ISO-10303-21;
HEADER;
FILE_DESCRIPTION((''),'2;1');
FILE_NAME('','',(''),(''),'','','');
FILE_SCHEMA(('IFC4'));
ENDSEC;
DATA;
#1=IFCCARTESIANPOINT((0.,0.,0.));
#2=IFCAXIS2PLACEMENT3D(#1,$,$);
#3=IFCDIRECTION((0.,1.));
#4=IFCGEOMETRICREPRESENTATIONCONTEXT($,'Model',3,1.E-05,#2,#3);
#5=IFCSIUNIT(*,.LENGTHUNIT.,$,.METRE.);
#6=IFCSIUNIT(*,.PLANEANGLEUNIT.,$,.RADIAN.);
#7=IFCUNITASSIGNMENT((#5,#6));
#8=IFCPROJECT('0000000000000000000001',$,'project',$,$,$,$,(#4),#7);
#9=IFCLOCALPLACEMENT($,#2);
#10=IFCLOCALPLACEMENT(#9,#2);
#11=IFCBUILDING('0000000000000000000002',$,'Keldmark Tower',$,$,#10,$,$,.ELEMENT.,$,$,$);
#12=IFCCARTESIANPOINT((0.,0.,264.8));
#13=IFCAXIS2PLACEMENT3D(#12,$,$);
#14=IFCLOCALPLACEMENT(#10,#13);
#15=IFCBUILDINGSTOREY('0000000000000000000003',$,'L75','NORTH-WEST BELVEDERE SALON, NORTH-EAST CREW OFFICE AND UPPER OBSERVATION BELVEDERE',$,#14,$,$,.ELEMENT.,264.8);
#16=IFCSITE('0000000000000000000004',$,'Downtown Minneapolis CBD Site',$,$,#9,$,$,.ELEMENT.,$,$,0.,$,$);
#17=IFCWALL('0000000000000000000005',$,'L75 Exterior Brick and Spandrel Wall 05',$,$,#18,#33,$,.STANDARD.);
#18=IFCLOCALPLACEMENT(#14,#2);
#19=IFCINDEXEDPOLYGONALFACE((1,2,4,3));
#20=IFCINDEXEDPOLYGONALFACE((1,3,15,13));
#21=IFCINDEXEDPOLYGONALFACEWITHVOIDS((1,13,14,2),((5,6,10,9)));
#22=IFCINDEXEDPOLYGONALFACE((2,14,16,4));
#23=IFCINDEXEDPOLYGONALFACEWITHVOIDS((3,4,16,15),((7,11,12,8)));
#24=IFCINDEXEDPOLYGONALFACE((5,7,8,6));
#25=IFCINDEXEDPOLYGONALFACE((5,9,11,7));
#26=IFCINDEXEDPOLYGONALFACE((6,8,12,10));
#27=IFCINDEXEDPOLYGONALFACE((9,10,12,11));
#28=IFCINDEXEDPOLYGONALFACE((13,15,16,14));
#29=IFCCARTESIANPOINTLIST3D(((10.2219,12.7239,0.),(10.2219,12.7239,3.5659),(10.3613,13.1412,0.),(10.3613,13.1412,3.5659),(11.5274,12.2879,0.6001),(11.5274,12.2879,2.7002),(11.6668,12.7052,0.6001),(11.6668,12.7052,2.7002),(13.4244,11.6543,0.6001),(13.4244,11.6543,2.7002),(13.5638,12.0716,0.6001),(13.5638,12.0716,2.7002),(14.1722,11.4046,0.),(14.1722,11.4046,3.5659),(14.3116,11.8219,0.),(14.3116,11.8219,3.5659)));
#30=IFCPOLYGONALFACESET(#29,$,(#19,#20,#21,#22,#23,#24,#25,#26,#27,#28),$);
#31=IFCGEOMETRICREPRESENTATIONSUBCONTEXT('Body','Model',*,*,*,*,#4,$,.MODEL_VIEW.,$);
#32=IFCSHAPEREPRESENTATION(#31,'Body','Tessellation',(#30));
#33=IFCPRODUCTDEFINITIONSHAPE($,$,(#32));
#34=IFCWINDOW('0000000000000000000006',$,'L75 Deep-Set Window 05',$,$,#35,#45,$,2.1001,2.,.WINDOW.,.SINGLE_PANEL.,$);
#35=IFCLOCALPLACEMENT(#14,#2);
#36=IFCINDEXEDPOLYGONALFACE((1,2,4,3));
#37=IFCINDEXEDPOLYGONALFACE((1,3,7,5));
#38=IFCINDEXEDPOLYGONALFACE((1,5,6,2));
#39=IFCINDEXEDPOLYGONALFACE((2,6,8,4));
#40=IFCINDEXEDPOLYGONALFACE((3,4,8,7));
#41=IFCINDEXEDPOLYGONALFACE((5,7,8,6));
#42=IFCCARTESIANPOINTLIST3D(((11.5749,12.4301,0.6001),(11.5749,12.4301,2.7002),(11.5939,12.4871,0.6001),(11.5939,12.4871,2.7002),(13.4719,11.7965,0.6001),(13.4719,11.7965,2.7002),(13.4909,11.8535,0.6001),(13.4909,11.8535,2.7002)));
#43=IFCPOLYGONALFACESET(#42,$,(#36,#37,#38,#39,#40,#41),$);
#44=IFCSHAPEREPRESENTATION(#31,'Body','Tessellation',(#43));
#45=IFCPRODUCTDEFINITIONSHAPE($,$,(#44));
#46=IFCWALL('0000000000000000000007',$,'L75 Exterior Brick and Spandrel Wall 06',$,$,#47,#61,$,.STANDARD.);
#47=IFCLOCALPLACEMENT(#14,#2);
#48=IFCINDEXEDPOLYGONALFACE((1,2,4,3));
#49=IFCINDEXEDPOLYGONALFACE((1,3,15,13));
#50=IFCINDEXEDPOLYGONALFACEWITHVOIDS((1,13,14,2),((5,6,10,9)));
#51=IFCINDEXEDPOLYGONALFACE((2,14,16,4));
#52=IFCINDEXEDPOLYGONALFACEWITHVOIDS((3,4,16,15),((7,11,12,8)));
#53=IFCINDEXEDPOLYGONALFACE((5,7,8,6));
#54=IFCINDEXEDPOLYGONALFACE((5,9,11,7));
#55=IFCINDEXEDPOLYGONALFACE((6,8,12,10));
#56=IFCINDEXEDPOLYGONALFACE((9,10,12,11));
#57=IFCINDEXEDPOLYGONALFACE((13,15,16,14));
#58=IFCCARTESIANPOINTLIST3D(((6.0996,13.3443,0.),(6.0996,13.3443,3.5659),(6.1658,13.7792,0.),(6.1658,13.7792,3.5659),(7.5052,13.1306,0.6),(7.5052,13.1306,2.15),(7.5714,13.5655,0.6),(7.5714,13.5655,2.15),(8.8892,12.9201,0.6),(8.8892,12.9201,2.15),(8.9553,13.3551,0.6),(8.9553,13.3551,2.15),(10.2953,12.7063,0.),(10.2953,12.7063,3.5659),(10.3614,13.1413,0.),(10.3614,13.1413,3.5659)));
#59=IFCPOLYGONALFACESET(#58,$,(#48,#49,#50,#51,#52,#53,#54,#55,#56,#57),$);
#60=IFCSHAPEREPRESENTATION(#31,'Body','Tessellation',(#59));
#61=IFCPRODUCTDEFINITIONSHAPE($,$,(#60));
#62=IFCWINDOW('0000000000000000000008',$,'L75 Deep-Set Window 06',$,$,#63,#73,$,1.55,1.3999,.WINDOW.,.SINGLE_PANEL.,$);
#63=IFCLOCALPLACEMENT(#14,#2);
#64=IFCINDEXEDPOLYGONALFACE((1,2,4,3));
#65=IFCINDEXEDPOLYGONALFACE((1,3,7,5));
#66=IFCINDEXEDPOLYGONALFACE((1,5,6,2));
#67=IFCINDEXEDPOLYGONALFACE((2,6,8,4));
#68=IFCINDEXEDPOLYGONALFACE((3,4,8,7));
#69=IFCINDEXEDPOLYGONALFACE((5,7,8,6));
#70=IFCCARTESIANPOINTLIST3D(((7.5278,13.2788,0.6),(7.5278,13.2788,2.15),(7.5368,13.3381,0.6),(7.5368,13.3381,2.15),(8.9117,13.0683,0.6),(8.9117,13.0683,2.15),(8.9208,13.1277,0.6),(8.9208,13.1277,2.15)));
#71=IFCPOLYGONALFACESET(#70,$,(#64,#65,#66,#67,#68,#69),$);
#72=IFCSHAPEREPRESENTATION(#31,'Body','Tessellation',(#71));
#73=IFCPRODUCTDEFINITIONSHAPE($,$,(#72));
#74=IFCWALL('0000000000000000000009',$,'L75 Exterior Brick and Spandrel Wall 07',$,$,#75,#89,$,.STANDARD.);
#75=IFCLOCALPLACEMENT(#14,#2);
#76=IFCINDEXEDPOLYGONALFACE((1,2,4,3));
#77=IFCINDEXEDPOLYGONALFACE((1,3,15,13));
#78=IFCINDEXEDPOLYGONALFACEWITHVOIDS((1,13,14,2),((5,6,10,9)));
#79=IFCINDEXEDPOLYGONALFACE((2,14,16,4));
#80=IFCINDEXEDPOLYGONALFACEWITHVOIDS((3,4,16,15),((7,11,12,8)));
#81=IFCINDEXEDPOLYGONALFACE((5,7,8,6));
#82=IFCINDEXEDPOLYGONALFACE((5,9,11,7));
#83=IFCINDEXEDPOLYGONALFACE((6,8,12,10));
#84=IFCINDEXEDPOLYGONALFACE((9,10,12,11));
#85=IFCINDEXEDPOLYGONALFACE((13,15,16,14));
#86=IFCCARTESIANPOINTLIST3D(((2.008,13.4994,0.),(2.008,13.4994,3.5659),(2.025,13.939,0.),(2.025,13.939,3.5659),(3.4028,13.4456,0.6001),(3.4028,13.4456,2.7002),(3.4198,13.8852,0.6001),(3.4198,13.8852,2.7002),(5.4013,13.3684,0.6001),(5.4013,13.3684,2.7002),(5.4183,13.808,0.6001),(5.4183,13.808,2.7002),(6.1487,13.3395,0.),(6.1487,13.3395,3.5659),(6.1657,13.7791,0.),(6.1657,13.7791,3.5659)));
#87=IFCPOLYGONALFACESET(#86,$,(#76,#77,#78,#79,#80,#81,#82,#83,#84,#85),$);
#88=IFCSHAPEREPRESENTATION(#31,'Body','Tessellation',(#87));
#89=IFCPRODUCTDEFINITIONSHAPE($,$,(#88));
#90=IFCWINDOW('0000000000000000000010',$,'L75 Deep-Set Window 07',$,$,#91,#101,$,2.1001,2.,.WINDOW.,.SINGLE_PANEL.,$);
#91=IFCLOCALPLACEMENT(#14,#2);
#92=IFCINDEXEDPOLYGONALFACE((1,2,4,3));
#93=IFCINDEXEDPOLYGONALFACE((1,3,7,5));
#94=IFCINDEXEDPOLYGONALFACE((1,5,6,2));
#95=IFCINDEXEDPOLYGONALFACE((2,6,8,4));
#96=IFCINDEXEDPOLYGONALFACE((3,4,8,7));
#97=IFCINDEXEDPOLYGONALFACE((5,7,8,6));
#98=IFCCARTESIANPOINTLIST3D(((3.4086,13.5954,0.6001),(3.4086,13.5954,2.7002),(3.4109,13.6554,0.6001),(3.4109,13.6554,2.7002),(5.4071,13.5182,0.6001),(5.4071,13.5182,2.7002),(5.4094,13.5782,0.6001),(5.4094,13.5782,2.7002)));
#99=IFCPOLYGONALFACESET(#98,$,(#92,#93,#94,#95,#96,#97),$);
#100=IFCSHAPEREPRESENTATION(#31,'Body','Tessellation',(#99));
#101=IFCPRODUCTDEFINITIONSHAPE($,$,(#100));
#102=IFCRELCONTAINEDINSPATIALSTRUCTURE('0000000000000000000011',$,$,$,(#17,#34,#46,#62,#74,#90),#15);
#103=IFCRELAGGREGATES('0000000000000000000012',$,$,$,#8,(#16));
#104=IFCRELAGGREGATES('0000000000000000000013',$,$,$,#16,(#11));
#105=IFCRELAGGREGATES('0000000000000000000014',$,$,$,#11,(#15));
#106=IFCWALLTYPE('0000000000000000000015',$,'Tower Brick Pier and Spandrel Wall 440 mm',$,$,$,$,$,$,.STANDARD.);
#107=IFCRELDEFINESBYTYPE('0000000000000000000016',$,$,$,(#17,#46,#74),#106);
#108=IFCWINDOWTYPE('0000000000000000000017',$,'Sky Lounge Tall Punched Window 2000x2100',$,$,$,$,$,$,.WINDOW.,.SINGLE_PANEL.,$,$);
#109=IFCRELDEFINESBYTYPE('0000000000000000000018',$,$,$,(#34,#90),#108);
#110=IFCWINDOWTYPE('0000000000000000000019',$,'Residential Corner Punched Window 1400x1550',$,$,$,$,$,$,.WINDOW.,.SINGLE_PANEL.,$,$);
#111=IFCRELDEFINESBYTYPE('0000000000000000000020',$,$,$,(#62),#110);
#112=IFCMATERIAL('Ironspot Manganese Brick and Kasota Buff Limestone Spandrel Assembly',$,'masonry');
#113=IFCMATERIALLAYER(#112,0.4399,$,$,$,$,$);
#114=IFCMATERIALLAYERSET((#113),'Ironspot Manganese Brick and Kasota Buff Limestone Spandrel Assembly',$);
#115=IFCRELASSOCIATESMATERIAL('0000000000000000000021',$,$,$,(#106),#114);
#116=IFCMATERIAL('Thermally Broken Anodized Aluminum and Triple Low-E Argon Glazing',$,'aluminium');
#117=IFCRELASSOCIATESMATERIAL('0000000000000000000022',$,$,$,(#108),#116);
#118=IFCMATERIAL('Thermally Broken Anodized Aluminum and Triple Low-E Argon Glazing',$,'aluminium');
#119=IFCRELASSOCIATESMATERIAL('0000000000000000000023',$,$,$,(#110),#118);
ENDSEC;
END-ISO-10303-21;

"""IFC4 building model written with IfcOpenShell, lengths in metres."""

from ifc_helpers import new_model, si_unit, direction, frame, frame_2d, origin, place, context, subcontext, project, spatial, rectangle, extrude, material, layer, layer_set, type_object, element, fill, save


model = new_model("IFC4")

# Units and contexts
model_context = context("Model", 3, precision=1e-05, world=origin(), true_north=direction((0.0, 1.0)))
body_context = subcontext(model_context, "Body", "Model", "MODEL_VIEW")
ifc_project = project(units=[si_unit("LENGTHUNIT", "METRE"), si_unit("PLANEANGLEUNIT", "RADIAN")], contexts=[model_context])

# Site, building, storey
site_placement = place(None, origin())
site = spatial("IfcSite", under=ifc_project, at=site_placement, Name="Downtown Minneapolis CBD Site", CompositionType="ELEMENT", RefElevation=0.0)
building_placement = place(site_placement, origin())
building = spatial("IfcBuilding", under=site, at=building_placement, Name="Keldmark Tower", CompositionType="ELEMENT")
storey_placement = place(building_placement, frame((0.0, 0.0, 264.8)))
storey = spatial("IfcBuildingStorey", under=building, at=storey_placement, Name="L75", Description="NORTH-WEST BELVEDERE SALON, NORTH-EAST CREW OFFICE AND UPPER OBSERVATION BELVEDERE", CompositionType="ELEMENT", Elevation=264.8)

# Walls, openings, windows
ifc_material_1 = material(Name="Ironspot Manganese Brick and Kasota Buff Limestone Spandrel Assembly", Category="masonry")
ifc_layer_1 = layer(ifc_material_1, 0.4399)
ifc_layer_set_1 = layer_set([ifc_layer_1], Name="Ironspot Manganese Brick and Kasota Buff Limestone Spandrel Assembly")
wall_type_1 = type_object("IfcWallType", Name="Tower Brick Pier and Spandrel Wall 440 mm", PredefinedType="STANDARD", material=ifc_layer_set_1)
wall_1_placement = place(storey_placement, frame((10.2915, 12.9326, 0.0), z_axis=(0.0, 0.0, 1.0), x_axis=(0.948496, -0.31679, 0.0)))
wall_1 = element("IfcWall", 1, at=wall_1_placement, inside=storey, type_object=wall_type_1, Name="L75 Exterior Brick and Spandrel Wall 05", PredefinedType="STANDARD", context=body_context, shape_type="SweptSolid", body=[
    extrude(rectangle(XDim=4.1648, YDim=0.4399, at=frame_2d((2.0825, 0.0))), origin(), (0.0, 0.0, 1.0), 3.5659),
])
opening_1_placement = place(wall_1_placement, frame((1.3765, 0.0, 0.6001)))
opening_1 = element("IfcOpeningElement", 2, at=opening_1_placement, cuts=wall_1, PredefinedType="OPENING", context=body_context, shape_type="SweptSolid", body=[
    extrude(rectangle(XDim=2.0, YDim=2.1001, at=frame_2d((1.0, 1.05))), frame((0.0, 0.23, 0.0), z_axis=(0.0, -1.0, 0.0), x_axis=(1.0, 0.0, 0.0)), (0.0, 0.0, 1.0), 0.46),
])
ifc_material_2 = material(Name="Thermally Broken Anodized Aluminum and Triple Low-E Argon Glazing", Category="aluminium")
window_type_1 = type_object("IfcWindowType", Name="Sky Lounge Tall Punched Window 2000x2100", PartitioningType="SINGLE_PANEL", PredefinedType="WINDOW", material=ifc_material_2)
window_1_placement = place(opening_1_placement, origin())
window_1 = element("IfcWindow", 3, at=window_1_placement, inside=storey, type_object=window_type_1, Name="L75 Deep-Set Window 05", OverallHeight=2.1001, OverallWidth=2.0, PartitioningType="SINGLE_PANEL", PredefinedType="WINDOW", context=body_context, shape_type="SweptSolid", body=[
    extrude(rectangle(XDim=2.0, YDim=2.1001, at=frame_2d((1.0, 1.05))), frame((0.0, -0.01, 0.0), z_axis=(0.0, -1.0, 0.0), x_axis=(1.0, 0.0, 0.0)), (0.0, 0.0, 1.0), 0.0601),
])
fill(opening_1, window_1)
wall_2_placement = place(storey_placement, frame((6.1326, 13.5618, 0.0), z_axis=(0.0, 0.0, 1.0), x_axis=(0.988637, -0.150323, 0.0)))
wall_2 = element("IfcWall", 4, at=wall_2_placement, inside=storey, type_object=wall_type_1, Name="L75 Exterior Brick and Spandrel Wall 06", PredefinedType="STANDARD", context=body_context, shape_type="SweptSolid", body=[
    extrude(rectangle(XDim=4.2439, YDim=0.4399, at=frame_2d((2.1221, 0.0))), origin(), (0.0, 0.0, 1.0), 3.5659),
])
opening_2_placement = place(wall_2_placement, frame((1.4219, 0.0, 0.6001)))
opening_2 = element("IfcOpeningElement", 5, at=opening_2_placement, cuts=wall_2, PredefinedType="OPENING", context=body_context, shape_type="SweptSolid", body=[
    extrude(rectangle(XDim=1.3999, YDim=1.55, at=frame_2d((0.7, 0.7749))), frame((0.0, 0.23, 0.0), z_axis=(0.0, -1.0, 0.0), x_axis=(1.0, 0.0, 0.0)), (0.0, 0.0, 1.0), 0.46),
])
ifc_material_3 = material(Name="Thermally Broken Anodized Aluminum and Triple Low-E Argon Glazing", Category="aluminium")
window_type_2 = type_object("IfcWindowType", Name="Residential Corner Punched Window 1400x1550", PartitioningType="SINGLE_PANEL", PredefinedType="WINDOW", material=ifc_material_3)
window_2_placement = place(opening_2_placement, origin())
window_2 = element("IfcWindow", 6, at=window_2_placement, inside=storey, type_object=window_type_2, Name="L75 Deep-Set Window 06", OverallHeight=1.55, OverallWidth=1.3999, PartitioningType="SINGLE_PANEL", PredefinedType="WINDOW", context=body_context, shape_type="SweptSolid", body=[
    extrude(rectangle(XDim=1.3999, YDim=1.55, at=frame_2d((0.7, 0.7749))), frame((0.0, -0.01, 0.0), z_axis=(0.0, -1.0, 0.0), x_axis=(1.0, 0.0, 0.0)), (0.0, 0.0, 1.0), 0.0601),
])
fill(opening_2, window_2)
wall_3_placement = place(storey_placement, frame((2.0166, 13.7192, 0.0), z_axis=(0.0, 0.0, 1.0), x_axis=(0.999255, -0.038592, 0.0)))
wall_3 = element("IfcWall", 7, at=wall_3_placement, inside=storey, type_object=wall_type_1, Name="L75 Exterior Brick and Spandrel Wall 07", PredefinedType="STANDARD", context=body_context, shape_type="SweptSolid", body=[
    extrude(rectangle(XDim=4.1438, YDim=0.4399, at=frame_2d((2.0718, 0.0))), origin(), (0.0, 0.0, 1.0), 3.5659),
])
opening_3_placement = place(wall_3_placement, frame((1.3958, 0.0, 0.6001)))
opening_3 = element("IfcOpeningElement", 8, at=opening_3_placement, cuts=wall_3, PredefinedType="OPENING", context=body_context, shape_type="SweptSolid", body=[
    extrude(rectangle(XDim=2.0, YDim=2.1001, at=frame_2d((1.0, 1.05))), frame((0.0, 0.23, 0.0), z_axis=(0.0, -1.0, 0.0), x_axis=(1.0, 0.0, 0.0)), (0.0, 0.0, 1.0), 0.46),
])
window_3_placement = place(opening_3_placement, origin())
window_3 = element("IfcWindow", 9, at=window_3_placement, inside=storey, type_object=window_type_1, Name="L75 Deep-Set Window 07", OverallHeight=2.1001, OverallWidth=2.0, PartitioningType="SINGLE_PANEL", PredefinedType="WINDOW", context=body_context, shape_type="SweptSolid", body=[
    extrude(rectangle(XDim=2.0, YDim=2.1001, at=frame_2d((1.0, 1.05))), frame((0.0, -0.01, 0.0), z_axis=(0.0, -1.0, 0.0), x_axis=(1.0, 0.0, 0.0)), (0.0, 0.0, 1.0), 0.0601),
])
fill(opening_3, window_3)

save(model, "model.ifc")
